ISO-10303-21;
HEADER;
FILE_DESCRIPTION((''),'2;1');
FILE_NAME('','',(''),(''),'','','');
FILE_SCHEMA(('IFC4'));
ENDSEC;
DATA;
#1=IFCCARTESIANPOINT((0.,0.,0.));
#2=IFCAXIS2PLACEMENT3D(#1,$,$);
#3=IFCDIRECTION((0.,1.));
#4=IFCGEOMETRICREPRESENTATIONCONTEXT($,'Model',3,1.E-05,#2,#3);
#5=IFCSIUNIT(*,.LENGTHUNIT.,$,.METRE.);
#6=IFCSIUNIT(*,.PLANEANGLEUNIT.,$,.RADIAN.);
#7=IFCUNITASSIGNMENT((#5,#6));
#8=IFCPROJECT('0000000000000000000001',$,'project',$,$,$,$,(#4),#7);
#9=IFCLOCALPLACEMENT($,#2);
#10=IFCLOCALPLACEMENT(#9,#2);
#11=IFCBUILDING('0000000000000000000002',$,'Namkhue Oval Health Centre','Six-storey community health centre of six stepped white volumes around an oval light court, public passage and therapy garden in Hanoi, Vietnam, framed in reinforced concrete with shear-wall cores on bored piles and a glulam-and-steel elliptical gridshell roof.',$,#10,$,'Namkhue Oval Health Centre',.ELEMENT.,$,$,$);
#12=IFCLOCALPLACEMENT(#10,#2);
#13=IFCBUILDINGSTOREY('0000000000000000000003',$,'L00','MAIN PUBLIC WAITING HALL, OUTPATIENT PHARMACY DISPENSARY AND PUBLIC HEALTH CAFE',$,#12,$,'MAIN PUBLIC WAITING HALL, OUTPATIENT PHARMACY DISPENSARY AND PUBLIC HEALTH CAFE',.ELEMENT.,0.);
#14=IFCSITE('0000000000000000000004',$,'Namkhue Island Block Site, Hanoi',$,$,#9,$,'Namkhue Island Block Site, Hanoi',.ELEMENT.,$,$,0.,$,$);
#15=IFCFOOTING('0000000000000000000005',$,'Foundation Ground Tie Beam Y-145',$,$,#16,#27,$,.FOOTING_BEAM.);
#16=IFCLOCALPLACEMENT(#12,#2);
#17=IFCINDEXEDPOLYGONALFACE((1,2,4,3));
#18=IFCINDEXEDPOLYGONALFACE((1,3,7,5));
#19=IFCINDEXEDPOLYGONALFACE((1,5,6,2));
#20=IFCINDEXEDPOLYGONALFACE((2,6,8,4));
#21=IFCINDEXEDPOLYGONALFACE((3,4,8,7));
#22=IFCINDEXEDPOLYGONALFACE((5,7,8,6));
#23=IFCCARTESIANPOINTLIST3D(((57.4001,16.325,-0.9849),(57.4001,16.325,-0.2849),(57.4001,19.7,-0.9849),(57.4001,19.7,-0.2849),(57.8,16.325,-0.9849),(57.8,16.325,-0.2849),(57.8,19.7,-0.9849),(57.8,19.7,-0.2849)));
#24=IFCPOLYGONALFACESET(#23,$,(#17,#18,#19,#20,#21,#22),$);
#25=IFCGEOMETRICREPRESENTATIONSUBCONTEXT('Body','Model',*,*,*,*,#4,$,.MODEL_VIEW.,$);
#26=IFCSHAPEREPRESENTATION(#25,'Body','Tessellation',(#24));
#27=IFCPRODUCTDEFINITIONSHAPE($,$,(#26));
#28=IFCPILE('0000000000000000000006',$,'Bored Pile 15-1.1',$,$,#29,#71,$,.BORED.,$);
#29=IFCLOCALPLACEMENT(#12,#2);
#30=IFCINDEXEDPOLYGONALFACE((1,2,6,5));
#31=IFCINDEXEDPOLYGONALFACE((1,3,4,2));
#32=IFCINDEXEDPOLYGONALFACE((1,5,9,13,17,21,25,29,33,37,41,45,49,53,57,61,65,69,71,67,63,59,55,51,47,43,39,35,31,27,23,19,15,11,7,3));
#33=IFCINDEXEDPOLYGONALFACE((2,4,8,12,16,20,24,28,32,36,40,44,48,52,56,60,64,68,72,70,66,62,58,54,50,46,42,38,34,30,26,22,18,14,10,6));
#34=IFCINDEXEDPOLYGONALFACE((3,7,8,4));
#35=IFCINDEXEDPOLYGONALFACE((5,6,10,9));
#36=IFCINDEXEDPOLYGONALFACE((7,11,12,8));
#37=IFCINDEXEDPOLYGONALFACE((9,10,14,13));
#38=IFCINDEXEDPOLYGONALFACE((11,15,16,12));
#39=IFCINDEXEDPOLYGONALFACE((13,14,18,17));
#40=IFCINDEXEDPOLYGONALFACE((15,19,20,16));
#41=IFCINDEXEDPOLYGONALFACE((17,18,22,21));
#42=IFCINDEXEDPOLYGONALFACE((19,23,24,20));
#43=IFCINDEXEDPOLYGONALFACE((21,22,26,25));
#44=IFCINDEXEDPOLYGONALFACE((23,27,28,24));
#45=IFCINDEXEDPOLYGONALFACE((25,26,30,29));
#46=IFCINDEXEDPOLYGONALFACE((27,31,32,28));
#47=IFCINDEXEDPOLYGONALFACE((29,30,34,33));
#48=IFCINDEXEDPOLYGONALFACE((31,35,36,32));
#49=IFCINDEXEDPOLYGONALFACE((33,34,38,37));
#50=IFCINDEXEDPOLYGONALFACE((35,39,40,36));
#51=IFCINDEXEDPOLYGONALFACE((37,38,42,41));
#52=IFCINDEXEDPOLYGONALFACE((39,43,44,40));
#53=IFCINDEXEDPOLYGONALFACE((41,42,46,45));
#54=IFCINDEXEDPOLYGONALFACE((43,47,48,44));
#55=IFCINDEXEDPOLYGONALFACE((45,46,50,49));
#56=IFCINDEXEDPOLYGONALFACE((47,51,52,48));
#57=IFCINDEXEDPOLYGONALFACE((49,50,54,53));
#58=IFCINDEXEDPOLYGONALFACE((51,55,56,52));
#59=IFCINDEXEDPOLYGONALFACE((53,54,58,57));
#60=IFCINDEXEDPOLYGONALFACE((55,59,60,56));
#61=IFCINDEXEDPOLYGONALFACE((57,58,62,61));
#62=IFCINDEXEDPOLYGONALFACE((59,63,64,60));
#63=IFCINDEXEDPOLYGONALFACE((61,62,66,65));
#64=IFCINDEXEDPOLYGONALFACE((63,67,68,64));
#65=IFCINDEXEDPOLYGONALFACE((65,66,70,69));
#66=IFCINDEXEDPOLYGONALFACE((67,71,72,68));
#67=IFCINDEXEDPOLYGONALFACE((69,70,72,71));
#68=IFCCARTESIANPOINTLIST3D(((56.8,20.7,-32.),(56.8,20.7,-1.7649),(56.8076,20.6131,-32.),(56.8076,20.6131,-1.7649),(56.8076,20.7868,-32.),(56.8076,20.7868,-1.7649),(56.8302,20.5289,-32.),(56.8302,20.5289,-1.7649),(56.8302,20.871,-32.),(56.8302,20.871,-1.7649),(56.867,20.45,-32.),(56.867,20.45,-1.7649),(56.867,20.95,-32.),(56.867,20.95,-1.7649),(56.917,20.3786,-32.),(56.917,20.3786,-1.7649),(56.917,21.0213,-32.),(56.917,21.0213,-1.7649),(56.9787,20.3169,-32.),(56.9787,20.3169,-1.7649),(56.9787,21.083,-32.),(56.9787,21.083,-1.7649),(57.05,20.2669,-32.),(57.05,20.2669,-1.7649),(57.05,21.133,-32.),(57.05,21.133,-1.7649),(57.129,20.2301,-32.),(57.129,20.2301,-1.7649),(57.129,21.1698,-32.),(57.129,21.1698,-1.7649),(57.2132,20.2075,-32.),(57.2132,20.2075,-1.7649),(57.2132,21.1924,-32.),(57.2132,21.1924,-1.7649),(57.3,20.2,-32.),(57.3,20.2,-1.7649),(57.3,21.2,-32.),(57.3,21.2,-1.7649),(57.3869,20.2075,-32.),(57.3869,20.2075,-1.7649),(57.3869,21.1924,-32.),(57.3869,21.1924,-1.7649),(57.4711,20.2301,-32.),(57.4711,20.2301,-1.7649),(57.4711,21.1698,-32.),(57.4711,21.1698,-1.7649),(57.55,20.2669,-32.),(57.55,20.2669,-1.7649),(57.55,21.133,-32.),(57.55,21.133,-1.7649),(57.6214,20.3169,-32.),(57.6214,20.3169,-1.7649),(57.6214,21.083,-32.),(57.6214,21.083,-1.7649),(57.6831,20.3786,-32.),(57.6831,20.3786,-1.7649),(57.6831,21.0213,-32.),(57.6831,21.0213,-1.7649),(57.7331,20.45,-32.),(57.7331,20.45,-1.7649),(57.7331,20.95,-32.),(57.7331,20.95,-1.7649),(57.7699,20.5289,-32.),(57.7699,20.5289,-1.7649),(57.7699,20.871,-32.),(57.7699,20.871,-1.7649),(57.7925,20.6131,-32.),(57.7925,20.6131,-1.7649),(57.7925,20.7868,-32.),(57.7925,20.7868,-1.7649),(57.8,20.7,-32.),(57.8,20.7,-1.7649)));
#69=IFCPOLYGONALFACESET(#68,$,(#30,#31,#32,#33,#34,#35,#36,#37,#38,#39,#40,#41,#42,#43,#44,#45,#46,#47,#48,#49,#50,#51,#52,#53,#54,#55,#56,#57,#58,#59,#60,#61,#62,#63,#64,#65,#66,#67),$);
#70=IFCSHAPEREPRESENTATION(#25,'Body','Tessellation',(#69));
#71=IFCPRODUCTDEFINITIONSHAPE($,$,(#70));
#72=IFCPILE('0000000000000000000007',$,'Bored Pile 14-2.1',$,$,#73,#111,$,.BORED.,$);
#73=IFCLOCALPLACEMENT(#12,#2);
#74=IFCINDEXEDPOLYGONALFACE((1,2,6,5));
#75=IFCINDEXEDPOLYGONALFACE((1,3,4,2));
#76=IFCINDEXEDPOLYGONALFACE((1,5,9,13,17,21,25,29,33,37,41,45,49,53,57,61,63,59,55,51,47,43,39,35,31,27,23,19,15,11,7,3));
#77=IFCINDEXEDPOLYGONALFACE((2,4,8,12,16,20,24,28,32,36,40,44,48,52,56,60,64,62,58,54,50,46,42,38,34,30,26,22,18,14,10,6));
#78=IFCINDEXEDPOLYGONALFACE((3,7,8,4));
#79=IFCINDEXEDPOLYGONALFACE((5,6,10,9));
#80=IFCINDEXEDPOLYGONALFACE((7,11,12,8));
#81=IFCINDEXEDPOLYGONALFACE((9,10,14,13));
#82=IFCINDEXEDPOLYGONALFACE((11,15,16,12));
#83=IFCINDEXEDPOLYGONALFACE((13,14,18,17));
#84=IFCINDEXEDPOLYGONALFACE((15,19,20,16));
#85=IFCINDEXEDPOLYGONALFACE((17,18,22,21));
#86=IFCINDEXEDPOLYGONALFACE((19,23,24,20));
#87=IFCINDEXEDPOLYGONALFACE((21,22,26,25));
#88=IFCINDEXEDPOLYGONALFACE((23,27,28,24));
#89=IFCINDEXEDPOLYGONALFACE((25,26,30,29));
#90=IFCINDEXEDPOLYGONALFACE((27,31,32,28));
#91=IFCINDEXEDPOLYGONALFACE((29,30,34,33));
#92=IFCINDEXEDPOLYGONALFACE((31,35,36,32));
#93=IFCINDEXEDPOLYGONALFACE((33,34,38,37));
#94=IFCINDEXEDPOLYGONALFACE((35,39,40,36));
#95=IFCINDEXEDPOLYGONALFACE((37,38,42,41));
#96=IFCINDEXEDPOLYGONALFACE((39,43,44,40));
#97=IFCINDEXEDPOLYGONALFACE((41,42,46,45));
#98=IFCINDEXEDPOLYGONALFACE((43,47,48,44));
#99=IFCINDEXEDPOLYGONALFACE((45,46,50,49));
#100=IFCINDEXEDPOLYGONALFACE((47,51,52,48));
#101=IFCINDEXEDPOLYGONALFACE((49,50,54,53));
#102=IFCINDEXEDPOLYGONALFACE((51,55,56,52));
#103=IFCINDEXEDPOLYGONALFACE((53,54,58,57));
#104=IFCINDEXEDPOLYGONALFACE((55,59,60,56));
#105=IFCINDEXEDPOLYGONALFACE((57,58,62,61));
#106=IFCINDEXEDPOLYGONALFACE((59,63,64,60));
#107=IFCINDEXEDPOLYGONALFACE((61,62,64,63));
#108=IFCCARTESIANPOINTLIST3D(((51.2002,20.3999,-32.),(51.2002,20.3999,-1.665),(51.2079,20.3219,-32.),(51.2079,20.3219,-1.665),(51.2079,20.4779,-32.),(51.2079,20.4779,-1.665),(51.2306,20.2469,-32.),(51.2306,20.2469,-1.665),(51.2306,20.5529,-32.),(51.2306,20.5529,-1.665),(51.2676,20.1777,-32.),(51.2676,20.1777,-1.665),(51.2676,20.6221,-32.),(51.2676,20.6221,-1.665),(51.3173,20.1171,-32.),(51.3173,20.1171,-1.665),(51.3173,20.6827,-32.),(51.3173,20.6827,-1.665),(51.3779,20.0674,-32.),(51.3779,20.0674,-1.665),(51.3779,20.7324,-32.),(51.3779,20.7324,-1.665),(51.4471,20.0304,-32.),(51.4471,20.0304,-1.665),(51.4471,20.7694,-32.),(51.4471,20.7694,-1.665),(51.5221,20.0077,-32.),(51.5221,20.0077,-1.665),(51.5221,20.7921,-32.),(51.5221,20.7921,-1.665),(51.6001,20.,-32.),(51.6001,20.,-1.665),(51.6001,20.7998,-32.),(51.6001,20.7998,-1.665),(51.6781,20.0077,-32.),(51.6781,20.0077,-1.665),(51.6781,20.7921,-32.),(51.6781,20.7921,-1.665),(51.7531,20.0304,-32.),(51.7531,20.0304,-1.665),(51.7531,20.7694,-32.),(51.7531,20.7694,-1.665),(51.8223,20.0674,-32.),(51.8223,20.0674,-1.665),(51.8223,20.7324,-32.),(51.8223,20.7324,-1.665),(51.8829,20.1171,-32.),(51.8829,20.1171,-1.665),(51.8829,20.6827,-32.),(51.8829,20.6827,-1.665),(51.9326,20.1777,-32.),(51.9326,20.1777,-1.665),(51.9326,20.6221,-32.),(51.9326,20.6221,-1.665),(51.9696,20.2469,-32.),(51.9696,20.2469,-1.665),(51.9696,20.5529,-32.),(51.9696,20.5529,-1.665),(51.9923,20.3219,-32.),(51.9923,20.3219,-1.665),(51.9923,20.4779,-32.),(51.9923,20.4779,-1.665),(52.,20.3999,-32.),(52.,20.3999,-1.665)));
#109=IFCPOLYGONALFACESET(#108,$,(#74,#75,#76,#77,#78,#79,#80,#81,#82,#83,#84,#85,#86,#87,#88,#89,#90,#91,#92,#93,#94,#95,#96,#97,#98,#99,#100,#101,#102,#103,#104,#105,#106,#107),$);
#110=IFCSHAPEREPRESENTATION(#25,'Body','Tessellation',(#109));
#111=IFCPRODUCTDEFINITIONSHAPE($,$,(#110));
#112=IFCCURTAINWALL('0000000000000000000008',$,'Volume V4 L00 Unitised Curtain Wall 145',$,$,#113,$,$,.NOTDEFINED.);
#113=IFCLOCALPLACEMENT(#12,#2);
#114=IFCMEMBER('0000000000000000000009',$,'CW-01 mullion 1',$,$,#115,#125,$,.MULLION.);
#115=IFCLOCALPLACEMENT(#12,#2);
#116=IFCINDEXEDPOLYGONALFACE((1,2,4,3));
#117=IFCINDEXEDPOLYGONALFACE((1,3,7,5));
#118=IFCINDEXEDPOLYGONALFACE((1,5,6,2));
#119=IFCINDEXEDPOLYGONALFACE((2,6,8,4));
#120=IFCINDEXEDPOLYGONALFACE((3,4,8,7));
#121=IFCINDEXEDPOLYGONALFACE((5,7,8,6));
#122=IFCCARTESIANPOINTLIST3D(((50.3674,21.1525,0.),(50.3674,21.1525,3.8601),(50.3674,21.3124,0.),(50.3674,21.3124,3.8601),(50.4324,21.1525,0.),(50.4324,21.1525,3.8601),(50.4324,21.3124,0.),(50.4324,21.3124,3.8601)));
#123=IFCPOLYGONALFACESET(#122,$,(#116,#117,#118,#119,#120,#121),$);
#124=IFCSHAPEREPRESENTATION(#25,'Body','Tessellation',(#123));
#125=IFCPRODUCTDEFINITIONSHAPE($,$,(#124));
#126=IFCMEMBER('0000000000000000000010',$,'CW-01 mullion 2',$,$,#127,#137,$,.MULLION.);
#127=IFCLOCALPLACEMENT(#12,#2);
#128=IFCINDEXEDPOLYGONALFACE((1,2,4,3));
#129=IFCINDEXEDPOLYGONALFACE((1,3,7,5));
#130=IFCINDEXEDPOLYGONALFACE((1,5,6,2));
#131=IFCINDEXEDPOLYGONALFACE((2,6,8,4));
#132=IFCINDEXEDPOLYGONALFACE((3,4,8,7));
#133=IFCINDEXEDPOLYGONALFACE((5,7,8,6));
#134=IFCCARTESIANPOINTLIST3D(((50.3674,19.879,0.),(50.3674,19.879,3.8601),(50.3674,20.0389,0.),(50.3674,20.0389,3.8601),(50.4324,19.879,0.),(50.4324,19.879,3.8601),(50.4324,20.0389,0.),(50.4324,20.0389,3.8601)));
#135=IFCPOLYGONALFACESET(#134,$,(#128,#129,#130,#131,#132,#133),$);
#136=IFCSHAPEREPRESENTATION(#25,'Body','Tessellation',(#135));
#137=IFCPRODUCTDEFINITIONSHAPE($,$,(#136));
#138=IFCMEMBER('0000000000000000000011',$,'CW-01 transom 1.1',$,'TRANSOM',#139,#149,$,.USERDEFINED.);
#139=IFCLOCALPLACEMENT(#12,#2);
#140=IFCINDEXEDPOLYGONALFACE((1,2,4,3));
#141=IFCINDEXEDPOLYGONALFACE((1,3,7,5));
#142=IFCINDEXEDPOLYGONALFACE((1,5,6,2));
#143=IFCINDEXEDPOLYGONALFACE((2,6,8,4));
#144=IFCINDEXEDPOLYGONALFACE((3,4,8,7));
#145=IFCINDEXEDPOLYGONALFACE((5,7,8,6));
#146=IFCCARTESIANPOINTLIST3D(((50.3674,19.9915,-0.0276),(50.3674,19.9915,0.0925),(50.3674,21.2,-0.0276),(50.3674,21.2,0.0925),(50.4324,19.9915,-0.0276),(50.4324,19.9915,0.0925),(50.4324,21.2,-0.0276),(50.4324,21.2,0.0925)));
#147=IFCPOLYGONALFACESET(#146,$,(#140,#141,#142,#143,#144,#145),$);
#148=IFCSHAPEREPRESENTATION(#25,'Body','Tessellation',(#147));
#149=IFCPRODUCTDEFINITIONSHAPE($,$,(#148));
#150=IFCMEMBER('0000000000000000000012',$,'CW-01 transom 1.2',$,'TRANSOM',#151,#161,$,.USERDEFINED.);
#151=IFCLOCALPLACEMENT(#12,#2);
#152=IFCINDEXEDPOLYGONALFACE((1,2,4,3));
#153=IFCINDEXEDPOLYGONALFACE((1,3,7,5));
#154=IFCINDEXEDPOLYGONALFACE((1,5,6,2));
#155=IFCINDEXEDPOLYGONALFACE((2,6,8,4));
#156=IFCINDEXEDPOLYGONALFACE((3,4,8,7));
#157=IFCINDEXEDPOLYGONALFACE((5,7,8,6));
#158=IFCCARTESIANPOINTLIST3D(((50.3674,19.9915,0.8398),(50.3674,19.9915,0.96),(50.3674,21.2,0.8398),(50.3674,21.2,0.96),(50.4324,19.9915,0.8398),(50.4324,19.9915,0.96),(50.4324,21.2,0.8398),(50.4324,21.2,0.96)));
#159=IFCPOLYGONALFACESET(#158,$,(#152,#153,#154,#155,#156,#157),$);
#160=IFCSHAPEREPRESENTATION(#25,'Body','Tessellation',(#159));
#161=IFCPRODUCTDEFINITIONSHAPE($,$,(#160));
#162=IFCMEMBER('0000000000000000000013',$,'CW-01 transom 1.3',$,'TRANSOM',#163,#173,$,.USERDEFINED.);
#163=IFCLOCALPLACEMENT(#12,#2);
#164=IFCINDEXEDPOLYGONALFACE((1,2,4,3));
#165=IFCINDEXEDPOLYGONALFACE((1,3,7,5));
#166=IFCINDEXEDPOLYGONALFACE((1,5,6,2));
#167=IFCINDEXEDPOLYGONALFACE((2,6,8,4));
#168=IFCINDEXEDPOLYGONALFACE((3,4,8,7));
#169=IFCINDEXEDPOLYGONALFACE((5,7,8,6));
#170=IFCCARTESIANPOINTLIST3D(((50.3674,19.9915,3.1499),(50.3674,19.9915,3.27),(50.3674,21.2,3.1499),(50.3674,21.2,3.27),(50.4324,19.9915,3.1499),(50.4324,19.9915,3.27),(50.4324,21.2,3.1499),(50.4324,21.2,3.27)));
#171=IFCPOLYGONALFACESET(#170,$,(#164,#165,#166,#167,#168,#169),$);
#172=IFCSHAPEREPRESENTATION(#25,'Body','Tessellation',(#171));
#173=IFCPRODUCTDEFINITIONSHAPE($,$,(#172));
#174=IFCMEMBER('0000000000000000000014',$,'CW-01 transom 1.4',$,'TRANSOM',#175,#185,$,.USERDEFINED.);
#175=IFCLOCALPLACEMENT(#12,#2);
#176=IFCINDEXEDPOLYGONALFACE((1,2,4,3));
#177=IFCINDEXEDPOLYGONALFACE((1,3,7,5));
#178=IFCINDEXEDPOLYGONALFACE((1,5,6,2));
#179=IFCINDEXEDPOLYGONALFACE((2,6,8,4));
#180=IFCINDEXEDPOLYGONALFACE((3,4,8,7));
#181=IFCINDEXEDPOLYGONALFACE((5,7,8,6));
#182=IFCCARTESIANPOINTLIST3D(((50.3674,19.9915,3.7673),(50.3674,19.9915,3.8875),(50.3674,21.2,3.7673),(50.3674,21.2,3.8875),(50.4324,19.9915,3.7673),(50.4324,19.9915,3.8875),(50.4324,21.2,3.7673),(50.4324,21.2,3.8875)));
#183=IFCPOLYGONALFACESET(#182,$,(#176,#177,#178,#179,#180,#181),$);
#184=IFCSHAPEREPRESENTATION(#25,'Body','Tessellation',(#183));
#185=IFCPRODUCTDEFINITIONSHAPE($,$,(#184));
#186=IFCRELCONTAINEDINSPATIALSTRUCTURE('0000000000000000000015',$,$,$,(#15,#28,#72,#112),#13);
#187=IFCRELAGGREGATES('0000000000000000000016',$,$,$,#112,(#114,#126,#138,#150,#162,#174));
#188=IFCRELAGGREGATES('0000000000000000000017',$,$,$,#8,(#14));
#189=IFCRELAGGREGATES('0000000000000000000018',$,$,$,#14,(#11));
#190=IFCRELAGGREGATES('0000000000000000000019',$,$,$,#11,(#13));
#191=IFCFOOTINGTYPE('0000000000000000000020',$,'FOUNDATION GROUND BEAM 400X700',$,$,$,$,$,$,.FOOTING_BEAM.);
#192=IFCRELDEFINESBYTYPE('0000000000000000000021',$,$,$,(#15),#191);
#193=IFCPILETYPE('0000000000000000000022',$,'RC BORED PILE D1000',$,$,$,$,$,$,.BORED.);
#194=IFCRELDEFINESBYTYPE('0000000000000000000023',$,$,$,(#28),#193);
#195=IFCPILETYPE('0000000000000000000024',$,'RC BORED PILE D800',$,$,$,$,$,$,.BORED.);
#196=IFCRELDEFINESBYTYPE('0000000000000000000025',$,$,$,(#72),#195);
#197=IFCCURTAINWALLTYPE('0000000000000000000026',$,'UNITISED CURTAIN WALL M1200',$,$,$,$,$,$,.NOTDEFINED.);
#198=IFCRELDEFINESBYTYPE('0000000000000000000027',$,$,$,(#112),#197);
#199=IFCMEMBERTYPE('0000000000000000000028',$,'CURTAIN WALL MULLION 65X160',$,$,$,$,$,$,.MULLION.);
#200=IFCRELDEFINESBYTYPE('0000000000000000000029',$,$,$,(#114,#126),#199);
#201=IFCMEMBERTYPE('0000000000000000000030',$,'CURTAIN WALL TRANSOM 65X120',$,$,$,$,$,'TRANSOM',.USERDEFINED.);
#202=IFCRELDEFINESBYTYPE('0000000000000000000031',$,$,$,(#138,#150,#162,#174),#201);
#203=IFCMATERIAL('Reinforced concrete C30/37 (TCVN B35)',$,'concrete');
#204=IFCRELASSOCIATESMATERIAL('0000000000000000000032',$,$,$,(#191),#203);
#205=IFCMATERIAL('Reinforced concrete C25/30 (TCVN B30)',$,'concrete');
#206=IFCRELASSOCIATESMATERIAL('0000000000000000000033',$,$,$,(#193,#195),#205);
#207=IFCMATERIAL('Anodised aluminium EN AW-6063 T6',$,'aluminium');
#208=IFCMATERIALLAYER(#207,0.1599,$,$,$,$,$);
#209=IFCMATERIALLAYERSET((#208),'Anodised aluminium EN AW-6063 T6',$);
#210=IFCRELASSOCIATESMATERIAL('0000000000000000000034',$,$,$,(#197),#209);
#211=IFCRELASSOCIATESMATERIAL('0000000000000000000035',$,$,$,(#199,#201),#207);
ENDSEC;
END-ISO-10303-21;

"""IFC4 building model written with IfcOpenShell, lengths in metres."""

from ifc_helpers import new_model, si_unit, direction, frame, origin, origin_2d, place, context, subcontext, project, spatial, rectangle, circle, extrude, material, layer, layer_set, material_profile, profile_set, type_object, element, aggregate, save


model = new_model("IFC4")

# Units and contexts
model_context = context("Model", 3, precision=1e-05, world=origin(), true_north=direction((0.0, 1.0)))
body_context = subcontext(model_context, "Body", "Model", "MODEL_VIEW")
ifc_project = project(units=[si_unit("LENGTHUNIT", "METRE"), si_unit("PLANEANGLEUNIT", "RADIAN")], contexts=[model_context])

# Site, building, storey
site_placement = place(None, origin())
site = spatial("IfcSite", under=ifc_project, at=site_placement, Name="Namkhue Island Block Site, Hanoi", LongName="Namkhue Island Block Site, Hanoi", CompositionType="ELEMENT", RefElevation=0.0)
building_placement = place(site_placement, origin())
building = spatial("IfcBuilding", under=site, at=building_placement, Name="Namkhue Oval Health Centre", Description="Six-storey community health centre of six stepped white volumes around an oval light court, public passage and therapy garden in Hanoi, Vietnam, framed in reinforced concrete with shear-wall cores on bored piles and a glulam-and-steel elliptical gridshell roof.", LongName="Namkhue Oval Health Centre", CompositionType="ELEMENT")
storey_placement = place(building_placement, origin())
storey = spatial("IfcBuildingStorey", under=building, at=storey_placement, Name="L00", Description="MAIN PUBLIC WAITING HALL, OUTPATIENT PHARMACY DISPENSARY AND PUBLIC HEALTH CAFE", LongName="MAIN PUBLIC WAITING HALL, OUTPATIENT PHARMACY DISPENSARY AND PUBLIC HEALTH CAFE", CompositionType="ELEMENT", Elevation=0.0)

# Footing
ifc_material_1 = material(Name="Reinforced concrete C30/37 (TCVN B35)", Category="concrete")
footing_type = type_object("IfcFootingType", Name="FOUNDATION GROUND BEAM 400X700", PredefinedType="FOOTING_BEAM", material=ifc_material_1)
footing_placement = place(storey_placement, frame((57.6001, 18.0125, -0.9849), z_axis=(0.0, 0.0, 1.0), x_axis=(0.0, 1.0, 0.0)))
element("IfcFooting", 1, at=footing_placement, inside=storey, type_object=footing_type, Name="Foundation Ground Tie Beam Y-145", PredefinedType="FOOTING_BEAM", context=body_context, shape_type="SweptSolid", body=[
    extrude(rectangle(XDim=3.375, YDim=0.3999, at=origin_2d()), origin(), (0.0, 0.0, 1.0), 0.7),
])

# Piles
ifc_material_2 = material(Name="Reinforced concrete C25/30 (TCVN B30)", Category="concrete")
ifc_material_profile_1 = material_profile(ifc_material_2, circle(Radius=0.5, at=origin_2d()), Name="BORED PILE D1000")
ifc_profile_set_1 = profile_set([ifc_material_profile_1], Name="Reinforced concrete C25/30 (TCVN B30)")
pile_type_1 = type_object("IfcPileType", Name="RC BORED PILE D1000", PredefinedType="BORED", material=ifc_profile_set_1)
pile_1_placement = place(storey_placement, frame((57.3, 20.7, -1.7649), z_axis=(0.0, 0.0, -1.0), x_axis=(1.0, 0.0, 0.0)))
element("IfcPile", 2, at=pile_1_placement, inside=storey, type_object=pile_type_1, Name="Bored Pile 15-1.1", PredefinedType="BORED", context=body_context, shape_type="SweptSolid", body=[
    extrude(circle(Radius=0.5, at=origin_2d()), origin(), (0.0, 0.0, 1.0), 30.2351),
])
ifc_material_profile_2 = material_profile(ifc_material_2, circle(Radius=0.3999, at=origin_2d()), Name="BORED PILE D800")
ifc_profile_set_2 = profile_set([ifc_material_profile_2], Name="Reinforced concrete C25/30 (TCVN B30)")
pile_type_2 = type_object("IfcPileType", Name="RC BORED PILE D800", PredefinedType="BORED", material=ifc_profile_set_2)
pile_2_placement = place(storey_placement, frame((51.6001, 20.3999, -1.665), z_axis=(0.0, 0.0, -1.0), x_axis=(1.0, 0.0, 0.0)))
element("IfcPile", 3, at=pile_2_placement, inside=storey, type_object=pile_type_2, Name="Bored Pile 14-2.1", PredefinedType="BORED", context=body_context, shape_type="SweptSolid", body=[
    extrude(circle(Radius=0.3999, at=origin_2d()), origin(), (0.0, 0.0, 1.0), 30.335),
])

# Curtain wall, members
ifc_material_3 = material(Name="Anodised aluminium EN AW-6063 T6", Category="aluminium")
ifc_layer_1 = layer(ifc_material_3, 0.1599)
ifc_layer_set_1 = layer_set([ifc_layer_1], Name="Anodised aluminium EN AW-6063 T6")
curtain_wall_type = type_object("IfcCurtainWallType", Name="UNITISED CURTAIN WALL M1200", PredefinedType="NOTDEFINED", material=ifc_layer_set_1)
curtain_wall_placement = place(storey_placement, origin())
curtain_wall = element("IfcCurtainWall", 4, at=curtain_wall_placement, inside=storey, type_object=curtain_wall_type, Name="Volume V4 L00 Unitised Curtain Wall 145", PredefinedType="NOTDEFINED")
ifc_material_profile_3 = material_profile(ifc_material_3, rectangle(XDim=0.0649, YDim=0.1599, at=origin_2d()), Name="ALU 65x160")
ifc_profile_set_3 = profile_set([ifc_material_profile_3], Name="Anodised aluminium EN AW-6063 T6")
member_type_1 = type_object("IfcMemberType", Name="CURTAIN WALL MULLION 65X160", PredefinedType="MULLION", material=ifc_profile_set_3)
member_1_placement = place(storey_placement, frame((50.3999, 21.2324, 0.0), z_axis=(0.0, 0.0, 1.0), x_axis=(1.0, 0.0, 0.0)))
member_1 = element("IfcMember", 5, at=member_1_placement, type_object=member_type_1, Name="CW-01 mullion 1", PredefinedType="MULLION", context=body_context, shape_type="SweptSolid", body=[
    extrude(rectangle(XDim=0.0649, YDim=0.1599, at=origin_2d()), origin(), (0.0, 0.0, 1.0), 3.8601),
])
member_2_placement = place(storey_placement, frame((50.3999, 19.959, 0.0), z_axis=(0.0, 0.0, 1.0), x_axis=(1.0, 0.0, 0.0)))
member_2 = element("IfcMember", 6, at=member_2_placement, type_object=member_type_1, Name="CW-01 mullion 2", PredefinedType="MULLION", context=body_context, shape_type="SweptSolid", body=[
    extrude(rectangle(XDim=0.0649, YDim=0.1599, at=origin_2d()), origin(), (0.0, 0.0, 1.0), 3.8601),
])
ifc_material_profile_4 = material_profile(ifc_material_3, rectangle(XDim=0.0649, YDim=0.1201, at=origin_2d()), Name="ALU 65x120")
ifc_profile_set_4 = profile_set([ifc_material_profile_4], Name="Anodised aluminium EN AW-6063 T6")
member_type_2 = type_object("IfcMemberType", Name="CURTAIN WALL TRANSOM 65X120", ElementType="TRANSOM", PredefinedType="USERDEFINED", material=ifc_profile_set_4)
member_3_placement = place(storey_placement, frame((50.3999, 21.2, 0.0325), z_axis=(0.0, -1.0, 0.0), x_axis=(1.0, 0.0, 0.0)))
member_3 = element("IfcMember", 7, at=member_3_placement, type_object=member_type_2, Name="CW-01 transom 1.1", ObjectType="TRANSOM", PredefinedType="USERDEFINED", context=body_context, shape_type="SweptSolid", body=[
    extrude(rectangle(XDim=0.0649, YDim=0.1201, at=origin_2d()), origin(), (0.0, 0.0, 1.0), 1.2085),
])
member_4_placement = place(storey_placement, frame((50.3999, 21.2, 0.8999), z_axis=(0.0, -1.0, 0.0), x_axis=(1.0, 0.0, 0.0)))
member_4 = element("IfcMember", 8, at=member_4_placement, type_object=member_type_2, Name="CW-01 transom 1.2", ObjectType="TRANSOM", PredefinedType="USERDEFINED", context=body_context, shape_type="SweptSolid", body=[
    extrude(rectangle(XDim=0.0649, YDim=0.1201, at=origin_2d()), origin(), (0.0, 0.0, 1.0), 1.2085),
])
member_5_placement = place(storey_placement, frame((50.3999, 21.2, 3.21), z_axis=(0.0, -1.0, 0.0), x_axis=(1.0, 0.0, 0.0)))
member_5 = element("IfcMember", 9, at=member_5_placement, type_object=member_type_2, Name="CW-01 transom 1.3", ObjectType="TRANSOM", PredefinedType="USERDEFINED", context=body_context, shape_type="SweptSolid", body=[
    extrude(rectangle(XDim=0.0649, YDim=0.1201, at=origin_2d()), origin(), (0.0, 0.0, 1.0), 1.2085),
])
member_6_placement = place(storey_placement, frame((50.3999, 21.2, 3.8274), z_axis=(0.0, -1.0, 0.0), x_axis=(1.0, 0.0, 0.0)))
member_6 = element("IfcMember", 10, at=member_6_placement, type_object=member_type_2, Name="CW-01 transom 1.4", ObjectType="TRANSOM", PredefinedType="USERDEFINED", context=body_context, shape_type="SweptSolid", body=[
    extrude(rectangle(XDim=0.0649, YDim=0.1201, at=origin_2d()), origin(), (0.0, 0.0, 1.0), 1.2085),
])

aggregate(curtain_wall, [member_1, member_2, member_3, member_4, member_5, member_6])

save(model, "model.ifc")
